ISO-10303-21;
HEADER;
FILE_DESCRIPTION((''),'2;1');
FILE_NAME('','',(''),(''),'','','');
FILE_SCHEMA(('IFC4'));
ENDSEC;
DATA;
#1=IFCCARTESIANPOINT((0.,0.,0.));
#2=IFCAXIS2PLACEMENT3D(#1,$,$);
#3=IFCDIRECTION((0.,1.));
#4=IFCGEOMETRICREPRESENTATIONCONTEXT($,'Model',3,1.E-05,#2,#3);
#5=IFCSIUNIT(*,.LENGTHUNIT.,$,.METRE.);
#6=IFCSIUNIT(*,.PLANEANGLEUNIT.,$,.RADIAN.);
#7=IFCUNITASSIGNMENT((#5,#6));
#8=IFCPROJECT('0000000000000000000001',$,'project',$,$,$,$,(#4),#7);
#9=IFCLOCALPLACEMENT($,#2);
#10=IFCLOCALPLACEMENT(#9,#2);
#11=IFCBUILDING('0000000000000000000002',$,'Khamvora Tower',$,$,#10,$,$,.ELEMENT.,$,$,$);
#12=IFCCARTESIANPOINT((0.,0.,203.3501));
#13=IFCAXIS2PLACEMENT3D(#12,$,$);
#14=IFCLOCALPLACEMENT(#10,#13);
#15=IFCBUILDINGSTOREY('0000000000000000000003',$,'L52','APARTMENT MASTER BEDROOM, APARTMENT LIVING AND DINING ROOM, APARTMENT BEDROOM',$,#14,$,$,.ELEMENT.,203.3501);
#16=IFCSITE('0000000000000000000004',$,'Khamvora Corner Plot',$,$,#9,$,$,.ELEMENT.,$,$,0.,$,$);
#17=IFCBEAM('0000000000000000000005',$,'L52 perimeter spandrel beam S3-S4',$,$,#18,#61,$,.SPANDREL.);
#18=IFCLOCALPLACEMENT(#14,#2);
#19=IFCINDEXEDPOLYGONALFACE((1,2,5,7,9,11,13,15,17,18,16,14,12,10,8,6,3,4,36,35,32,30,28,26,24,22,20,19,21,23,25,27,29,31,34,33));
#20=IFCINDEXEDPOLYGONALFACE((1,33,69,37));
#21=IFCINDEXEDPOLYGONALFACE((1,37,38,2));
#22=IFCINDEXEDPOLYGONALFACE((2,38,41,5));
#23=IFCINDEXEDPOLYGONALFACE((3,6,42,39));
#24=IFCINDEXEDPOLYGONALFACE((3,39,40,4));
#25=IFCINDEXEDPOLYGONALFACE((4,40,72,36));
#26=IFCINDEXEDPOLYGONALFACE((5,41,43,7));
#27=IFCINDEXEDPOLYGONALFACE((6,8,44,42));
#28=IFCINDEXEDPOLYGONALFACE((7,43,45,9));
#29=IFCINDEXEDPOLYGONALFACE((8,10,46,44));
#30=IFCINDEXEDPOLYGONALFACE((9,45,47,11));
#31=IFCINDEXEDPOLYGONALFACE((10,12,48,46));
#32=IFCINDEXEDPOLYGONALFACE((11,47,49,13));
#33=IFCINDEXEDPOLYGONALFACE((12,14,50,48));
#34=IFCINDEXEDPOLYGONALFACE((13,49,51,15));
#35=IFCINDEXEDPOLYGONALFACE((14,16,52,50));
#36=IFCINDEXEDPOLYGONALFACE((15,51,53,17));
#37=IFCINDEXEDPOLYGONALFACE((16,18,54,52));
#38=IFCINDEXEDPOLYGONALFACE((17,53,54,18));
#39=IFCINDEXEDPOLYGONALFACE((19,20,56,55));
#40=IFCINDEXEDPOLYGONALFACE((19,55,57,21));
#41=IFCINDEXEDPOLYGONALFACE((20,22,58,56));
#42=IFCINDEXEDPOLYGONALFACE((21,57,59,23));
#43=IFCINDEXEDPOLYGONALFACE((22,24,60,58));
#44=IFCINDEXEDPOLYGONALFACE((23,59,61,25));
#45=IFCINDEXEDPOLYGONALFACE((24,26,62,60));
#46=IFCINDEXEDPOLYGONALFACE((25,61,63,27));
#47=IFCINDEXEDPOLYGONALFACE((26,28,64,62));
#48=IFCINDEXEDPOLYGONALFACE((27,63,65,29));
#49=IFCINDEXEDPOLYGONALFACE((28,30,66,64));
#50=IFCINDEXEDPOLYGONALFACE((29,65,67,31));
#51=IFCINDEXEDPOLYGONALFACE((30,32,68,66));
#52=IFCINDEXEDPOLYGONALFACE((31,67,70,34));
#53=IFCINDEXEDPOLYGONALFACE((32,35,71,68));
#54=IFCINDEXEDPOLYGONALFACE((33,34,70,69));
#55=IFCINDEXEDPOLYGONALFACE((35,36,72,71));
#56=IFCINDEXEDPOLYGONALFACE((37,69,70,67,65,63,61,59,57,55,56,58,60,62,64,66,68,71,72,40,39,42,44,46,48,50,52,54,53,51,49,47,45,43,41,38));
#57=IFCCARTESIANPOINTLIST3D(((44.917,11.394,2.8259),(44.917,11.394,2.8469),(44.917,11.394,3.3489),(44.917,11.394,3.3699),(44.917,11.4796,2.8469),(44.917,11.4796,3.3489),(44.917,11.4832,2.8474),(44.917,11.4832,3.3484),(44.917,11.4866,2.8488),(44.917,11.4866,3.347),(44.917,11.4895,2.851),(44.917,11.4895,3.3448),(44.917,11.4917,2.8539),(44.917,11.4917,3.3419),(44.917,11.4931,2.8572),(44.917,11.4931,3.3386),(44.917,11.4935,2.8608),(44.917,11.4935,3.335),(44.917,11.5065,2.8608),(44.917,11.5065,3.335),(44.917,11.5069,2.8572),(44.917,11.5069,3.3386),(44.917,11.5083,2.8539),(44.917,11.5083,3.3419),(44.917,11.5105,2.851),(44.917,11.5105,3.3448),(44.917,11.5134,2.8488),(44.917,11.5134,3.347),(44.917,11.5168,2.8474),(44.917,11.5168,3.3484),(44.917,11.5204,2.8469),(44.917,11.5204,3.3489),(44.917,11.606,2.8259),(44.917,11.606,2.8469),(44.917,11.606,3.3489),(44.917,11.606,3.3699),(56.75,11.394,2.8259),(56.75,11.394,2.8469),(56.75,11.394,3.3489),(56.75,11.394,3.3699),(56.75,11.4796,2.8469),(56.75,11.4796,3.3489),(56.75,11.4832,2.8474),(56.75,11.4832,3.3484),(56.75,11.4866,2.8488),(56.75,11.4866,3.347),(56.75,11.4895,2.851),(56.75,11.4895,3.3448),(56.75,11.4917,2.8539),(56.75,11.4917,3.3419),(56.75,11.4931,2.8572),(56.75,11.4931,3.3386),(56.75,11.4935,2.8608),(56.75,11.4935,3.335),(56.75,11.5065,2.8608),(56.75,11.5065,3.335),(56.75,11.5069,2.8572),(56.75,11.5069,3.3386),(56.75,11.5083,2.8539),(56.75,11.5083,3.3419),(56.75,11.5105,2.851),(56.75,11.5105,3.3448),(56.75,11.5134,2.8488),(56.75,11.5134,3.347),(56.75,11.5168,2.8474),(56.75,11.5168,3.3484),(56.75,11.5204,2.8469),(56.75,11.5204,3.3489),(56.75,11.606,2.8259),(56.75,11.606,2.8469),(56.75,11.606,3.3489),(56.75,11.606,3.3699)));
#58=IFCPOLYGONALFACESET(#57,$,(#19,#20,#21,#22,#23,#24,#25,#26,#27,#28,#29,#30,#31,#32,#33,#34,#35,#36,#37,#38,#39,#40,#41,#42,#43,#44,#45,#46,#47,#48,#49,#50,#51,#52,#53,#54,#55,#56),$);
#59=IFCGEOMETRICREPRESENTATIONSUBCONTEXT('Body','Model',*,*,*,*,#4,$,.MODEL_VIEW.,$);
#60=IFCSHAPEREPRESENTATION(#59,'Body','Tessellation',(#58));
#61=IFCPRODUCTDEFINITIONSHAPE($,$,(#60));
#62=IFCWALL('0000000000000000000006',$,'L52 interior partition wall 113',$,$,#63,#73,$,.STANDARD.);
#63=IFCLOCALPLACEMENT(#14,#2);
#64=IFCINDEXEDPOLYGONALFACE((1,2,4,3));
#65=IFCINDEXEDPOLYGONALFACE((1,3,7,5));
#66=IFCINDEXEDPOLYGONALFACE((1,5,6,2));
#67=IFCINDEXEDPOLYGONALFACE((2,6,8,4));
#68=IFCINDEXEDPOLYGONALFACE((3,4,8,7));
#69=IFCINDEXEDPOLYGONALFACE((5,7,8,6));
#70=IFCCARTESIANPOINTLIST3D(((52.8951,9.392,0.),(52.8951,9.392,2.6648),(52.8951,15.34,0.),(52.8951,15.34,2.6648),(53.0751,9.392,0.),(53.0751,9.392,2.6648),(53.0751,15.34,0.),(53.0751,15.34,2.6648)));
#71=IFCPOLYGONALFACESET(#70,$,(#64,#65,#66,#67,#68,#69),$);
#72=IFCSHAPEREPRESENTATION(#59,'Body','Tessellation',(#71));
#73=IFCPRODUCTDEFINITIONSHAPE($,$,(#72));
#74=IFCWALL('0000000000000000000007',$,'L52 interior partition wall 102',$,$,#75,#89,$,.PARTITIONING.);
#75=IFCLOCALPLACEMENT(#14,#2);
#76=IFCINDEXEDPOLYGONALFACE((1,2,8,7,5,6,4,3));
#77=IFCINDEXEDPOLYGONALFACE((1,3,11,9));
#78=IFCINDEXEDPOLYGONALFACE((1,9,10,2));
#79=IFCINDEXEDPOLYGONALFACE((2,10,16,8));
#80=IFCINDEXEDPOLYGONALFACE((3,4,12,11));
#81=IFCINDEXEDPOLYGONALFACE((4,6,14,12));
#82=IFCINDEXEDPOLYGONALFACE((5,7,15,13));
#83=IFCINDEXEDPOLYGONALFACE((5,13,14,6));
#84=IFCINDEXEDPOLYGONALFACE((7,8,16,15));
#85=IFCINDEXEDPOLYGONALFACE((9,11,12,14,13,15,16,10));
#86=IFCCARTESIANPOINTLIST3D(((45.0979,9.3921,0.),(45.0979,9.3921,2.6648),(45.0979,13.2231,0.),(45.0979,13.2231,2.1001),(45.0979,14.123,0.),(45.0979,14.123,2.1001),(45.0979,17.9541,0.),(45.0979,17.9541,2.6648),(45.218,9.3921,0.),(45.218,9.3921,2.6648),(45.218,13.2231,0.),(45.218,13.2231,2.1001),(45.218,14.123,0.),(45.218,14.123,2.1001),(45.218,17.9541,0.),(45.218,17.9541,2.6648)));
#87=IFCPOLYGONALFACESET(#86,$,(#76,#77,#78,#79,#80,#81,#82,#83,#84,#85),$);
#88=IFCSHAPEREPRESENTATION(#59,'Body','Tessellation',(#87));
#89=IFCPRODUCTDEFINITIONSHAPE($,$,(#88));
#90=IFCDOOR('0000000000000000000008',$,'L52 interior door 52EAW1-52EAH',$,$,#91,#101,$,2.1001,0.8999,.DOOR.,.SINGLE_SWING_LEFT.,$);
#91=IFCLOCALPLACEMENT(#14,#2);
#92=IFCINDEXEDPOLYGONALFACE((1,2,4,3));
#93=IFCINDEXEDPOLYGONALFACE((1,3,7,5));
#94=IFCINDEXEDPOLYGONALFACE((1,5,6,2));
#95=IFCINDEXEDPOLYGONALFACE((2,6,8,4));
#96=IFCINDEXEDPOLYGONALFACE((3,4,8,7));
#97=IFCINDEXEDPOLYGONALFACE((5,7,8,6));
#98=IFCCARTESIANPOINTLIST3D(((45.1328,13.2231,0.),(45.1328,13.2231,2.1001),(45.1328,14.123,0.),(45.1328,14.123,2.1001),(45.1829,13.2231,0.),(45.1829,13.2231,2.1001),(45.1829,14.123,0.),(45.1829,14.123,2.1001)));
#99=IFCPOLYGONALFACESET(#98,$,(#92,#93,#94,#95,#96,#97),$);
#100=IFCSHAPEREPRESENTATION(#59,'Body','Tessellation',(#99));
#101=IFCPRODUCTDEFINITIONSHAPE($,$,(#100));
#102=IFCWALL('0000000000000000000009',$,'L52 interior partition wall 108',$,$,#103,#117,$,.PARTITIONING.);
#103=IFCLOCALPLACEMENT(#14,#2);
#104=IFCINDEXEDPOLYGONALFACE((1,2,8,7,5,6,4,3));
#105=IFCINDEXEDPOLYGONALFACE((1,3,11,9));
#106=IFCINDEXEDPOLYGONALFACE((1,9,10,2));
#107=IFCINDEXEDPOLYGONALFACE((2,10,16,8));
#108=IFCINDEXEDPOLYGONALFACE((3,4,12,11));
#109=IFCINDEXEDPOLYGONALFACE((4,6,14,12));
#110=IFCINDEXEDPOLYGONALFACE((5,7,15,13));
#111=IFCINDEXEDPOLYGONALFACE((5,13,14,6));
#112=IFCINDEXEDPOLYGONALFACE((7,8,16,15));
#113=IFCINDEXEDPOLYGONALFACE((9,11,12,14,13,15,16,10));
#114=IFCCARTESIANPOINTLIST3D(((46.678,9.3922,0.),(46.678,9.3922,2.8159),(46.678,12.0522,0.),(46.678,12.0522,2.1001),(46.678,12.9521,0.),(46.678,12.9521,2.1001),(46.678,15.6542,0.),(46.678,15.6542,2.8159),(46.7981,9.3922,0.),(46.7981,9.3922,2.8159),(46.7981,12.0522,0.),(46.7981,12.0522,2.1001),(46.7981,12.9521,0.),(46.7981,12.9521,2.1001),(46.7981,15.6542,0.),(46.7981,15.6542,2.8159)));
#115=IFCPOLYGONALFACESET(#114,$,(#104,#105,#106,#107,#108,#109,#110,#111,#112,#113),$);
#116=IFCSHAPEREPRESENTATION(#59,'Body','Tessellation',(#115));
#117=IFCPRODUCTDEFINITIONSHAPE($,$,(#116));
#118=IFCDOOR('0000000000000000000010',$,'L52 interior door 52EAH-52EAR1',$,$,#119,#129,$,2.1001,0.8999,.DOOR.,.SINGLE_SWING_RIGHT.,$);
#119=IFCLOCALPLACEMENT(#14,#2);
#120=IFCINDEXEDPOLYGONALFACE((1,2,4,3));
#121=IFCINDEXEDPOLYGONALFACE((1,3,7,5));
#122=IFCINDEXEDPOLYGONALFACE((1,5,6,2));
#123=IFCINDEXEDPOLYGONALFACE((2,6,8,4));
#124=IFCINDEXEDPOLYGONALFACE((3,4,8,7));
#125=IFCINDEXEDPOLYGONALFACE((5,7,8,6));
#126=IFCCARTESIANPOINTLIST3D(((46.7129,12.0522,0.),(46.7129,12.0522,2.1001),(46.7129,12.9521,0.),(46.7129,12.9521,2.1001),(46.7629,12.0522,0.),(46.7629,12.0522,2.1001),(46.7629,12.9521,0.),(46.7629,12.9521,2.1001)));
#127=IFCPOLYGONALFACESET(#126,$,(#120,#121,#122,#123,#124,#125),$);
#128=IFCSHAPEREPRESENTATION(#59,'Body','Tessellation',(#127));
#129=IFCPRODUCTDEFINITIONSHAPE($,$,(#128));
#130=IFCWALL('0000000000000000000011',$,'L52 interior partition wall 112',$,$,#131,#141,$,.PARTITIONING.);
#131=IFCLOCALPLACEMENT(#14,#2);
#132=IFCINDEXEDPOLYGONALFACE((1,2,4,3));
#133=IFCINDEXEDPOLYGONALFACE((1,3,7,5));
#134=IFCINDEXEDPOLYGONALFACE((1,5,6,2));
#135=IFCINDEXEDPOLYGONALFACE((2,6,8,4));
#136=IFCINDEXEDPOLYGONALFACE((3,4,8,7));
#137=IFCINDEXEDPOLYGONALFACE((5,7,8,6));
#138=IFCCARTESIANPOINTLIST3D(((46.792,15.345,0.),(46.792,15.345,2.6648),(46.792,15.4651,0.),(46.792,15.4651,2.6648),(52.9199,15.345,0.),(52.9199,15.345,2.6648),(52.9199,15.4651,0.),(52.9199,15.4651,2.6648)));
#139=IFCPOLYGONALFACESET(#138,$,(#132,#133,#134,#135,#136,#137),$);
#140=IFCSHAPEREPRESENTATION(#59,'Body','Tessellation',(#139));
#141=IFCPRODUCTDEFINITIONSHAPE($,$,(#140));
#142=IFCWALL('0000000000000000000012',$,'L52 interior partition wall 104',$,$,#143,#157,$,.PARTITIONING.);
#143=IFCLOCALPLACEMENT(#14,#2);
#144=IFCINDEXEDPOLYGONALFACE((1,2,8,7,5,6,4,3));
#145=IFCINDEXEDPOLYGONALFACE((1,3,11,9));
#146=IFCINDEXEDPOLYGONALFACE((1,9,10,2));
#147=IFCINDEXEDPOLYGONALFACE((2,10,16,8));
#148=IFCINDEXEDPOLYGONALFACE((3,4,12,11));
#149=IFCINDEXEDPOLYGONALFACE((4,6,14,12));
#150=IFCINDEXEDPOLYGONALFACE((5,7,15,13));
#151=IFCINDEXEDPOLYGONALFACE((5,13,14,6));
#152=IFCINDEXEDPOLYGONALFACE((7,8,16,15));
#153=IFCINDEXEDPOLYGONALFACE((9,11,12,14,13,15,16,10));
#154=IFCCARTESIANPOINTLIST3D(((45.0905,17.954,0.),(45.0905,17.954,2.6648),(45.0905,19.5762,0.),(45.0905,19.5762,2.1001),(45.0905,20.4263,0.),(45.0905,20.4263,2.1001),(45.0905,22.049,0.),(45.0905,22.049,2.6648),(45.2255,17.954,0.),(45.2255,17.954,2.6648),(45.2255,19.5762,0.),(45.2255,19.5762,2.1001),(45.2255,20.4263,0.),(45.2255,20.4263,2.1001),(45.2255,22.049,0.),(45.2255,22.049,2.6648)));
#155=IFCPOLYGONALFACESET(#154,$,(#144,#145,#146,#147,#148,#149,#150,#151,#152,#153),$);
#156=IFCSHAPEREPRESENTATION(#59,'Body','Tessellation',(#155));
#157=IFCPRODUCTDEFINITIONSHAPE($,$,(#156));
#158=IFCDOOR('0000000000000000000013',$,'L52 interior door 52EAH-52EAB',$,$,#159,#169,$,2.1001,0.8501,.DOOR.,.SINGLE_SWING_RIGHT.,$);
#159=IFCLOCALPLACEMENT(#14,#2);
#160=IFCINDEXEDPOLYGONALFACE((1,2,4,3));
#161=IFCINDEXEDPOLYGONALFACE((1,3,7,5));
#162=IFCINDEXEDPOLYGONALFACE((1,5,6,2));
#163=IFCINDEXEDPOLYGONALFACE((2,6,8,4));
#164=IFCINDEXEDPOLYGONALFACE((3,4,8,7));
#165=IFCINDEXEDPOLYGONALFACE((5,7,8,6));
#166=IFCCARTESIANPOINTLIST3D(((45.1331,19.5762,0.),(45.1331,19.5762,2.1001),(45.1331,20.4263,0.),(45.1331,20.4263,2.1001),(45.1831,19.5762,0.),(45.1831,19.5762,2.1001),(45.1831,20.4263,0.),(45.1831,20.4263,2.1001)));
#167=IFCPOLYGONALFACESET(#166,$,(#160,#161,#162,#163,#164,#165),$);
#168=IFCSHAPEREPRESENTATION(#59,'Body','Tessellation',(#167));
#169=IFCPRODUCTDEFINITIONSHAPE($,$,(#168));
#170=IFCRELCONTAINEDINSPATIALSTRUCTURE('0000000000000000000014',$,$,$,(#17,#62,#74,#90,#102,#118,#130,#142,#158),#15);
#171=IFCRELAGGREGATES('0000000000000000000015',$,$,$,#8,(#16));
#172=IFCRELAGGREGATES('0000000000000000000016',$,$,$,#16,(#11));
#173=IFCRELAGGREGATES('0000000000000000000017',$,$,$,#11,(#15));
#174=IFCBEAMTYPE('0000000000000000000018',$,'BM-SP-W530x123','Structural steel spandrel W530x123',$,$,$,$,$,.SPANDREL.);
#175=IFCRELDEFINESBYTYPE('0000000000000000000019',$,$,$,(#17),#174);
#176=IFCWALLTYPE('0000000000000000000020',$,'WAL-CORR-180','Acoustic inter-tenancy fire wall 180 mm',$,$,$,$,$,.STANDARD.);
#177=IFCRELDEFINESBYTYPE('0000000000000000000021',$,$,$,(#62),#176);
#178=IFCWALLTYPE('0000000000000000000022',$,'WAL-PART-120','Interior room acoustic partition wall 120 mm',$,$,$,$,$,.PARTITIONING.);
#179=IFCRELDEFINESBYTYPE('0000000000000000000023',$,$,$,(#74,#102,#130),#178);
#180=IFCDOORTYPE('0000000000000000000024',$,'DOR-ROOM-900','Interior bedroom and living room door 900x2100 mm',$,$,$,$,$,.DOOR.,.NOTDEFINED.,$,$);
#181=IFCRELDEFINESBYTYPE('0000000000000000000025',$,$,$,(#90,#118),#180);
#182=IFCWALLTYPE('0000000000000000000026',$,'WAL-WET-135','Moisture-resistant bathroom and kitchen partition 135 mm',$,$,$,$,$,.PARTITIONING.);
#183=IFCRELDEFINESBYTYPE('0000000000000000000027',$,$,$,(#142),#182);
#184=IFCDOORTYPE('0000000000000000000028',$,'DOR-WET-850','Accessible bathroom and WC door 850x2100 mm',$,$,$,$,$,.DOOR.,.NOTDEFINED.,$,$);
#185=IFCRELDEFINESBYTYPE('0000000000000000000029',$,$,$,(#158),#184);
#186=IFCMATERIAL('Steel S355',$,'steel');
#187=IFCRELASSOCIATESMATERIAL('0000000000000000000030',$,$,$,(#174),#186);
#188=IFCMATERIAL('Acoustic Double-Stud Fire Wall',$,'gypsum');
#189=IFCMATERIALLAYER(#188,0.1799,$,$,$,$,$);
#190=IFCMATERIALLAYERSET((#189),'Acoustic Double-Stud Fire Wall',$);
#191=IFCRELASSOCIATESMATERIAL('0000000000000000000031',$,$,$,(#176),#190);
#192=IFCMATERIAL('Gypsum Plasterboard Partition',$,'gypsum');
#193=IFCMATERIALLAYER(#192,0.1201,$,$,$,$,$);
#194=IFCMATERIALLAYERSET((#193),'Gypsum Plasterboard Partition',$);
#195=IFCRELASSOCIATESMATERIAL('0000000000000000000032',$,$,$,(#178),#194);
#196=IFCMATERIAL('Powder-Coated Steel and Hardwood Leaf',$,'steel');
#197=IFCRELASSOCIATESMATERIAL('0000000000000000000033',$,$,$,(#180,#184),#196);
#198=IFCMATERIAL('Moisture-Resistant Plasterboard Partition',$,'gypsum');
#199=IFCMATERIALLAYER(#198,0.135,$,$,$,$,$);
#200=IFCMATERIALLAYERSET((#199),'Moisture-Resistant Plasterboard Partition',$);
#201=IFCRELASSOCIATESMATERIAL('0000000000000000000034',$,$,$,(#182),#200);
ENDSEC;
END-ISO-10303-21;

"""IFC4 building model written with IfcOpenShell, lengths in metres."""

from ifc_helpers import new_model, si_unit, direction, frame, frame_2d, origin, origin_2d, place, context, subcontext, project, spatial, rectangle, i_section, extrude, material, layer, layer_set, material_profile, profile_set, type_object, element, fill, save


model = new_model("IFC4")

# Units and contexts
model_context = context("Model", 3, precision=1e-05, world=origin(), true_north=direction((0.0, 1.0)))
body_context = subcontext(model_context, "Body", "Model", "MODEL_VIEW")
ifc_project = project(units=[si_unit("LENGTHUNIT", "METRE"), si_unit("PLANEANGLEUNIT", "RADIAN")], contexts=[model_context])

# Site, building, storey
site_placement = place(None, origin())
site = spatial("IfcSite", under=ifc_project, at=site_placement, Name="Khamvora Corner Plot", CompositionType="ELEMENT", RefElevation=0.0)
building_placement = place(site_placement, origin())
building = spatial("IfcBuilding", under=site, at=building_placement, Name="Khamvora Tower", CompositionType="ELEMENT")
storey_placement = place(building_placement, frame((0.0, 0.0, 203.3501)))
storey = spatial("IfcBuildingStorey", under=building, at=storey_placement, Name="L52", Description="APARTMENT MASTER BEDROOM, APARTMENT LIVING AND DINING ROOM, APARTMENT BEDROOM", CompositionType="ELEMENT", Elevation=203.3501)

# Shared definitions
ifc_material_1 = material(Name="Steel S355", Category="steel")

# Beam
ifc_material_profile_1 = material_profile(ifc_material_1, i_section(OverallWidth=0.2119, OverallDepth=0.5439, WebThickness=0.0129, FlangeThickness=0.021, FilletRadius=0.0139, at=origin_2d()), Name="W530x123")
ifc_profile_set_1 = profile_set([ifc_material_profile_1], Name="Steel S355")
beam_type_1 = type_object("IfcBeamType", Name="BM-SP-W530x123", Description="Structural steel spandrel W530x123", PredefinedType="SPANDREL", material=ifc_profile_set_1)
beam_1_placement = place(storey_placement, frame((44.917, 11.5, 3.0979), z_axis=(1.0, 0.0, 0.0), x_axis=(0.0, 1.0, 0.0)))
element("IfcBeam", 1, at=beam_1_placement, inside=storey, type_object=beam_type_1, Name="L52 perimeter spandrel beam S3-S4", PredefinedType="SPANDREL", context=body_context, shape_type="SweptSolid", body=[
    extrude(i_section(OverallWidth=0.2119, OverallDepth=0.5439, WebThickness=0.0129, FlangeThickness=0.021, FilletRadius=0.0139, at=origin_2d()), origin(), (0.0, 0.0, 1.0), 11.833),
])

# Wall
ifc_material_2 = material(Name="Acoustic Double-Stud Fire Wall", Category="gypsum")
ifc_layer_1 = layer(ifc_material_2, 0.1799)
ifc_layer_set_1 = layer_set([ifc_layer_1], Name="Acoustic Double-Stud Fire Wall")
wall_type_1 = type_object("IfcWallType", Name="WAL-CORR-180", Description="Acoustic inter-tenancy fire wall 180 mm", PredefinedType="STANDARD", material=ifc_layer_set_1)
wall_1_placement = place(storey_placement, frame((52.9851, 15.3401, 0.0), z_axis=(0.0, 0.0, 1.0), x_axis=(0.0, -1.0, 0.0)))
element("IfcWall", 2, at=wall_1_placement, inside=storey, type_object=wall_type_1, Name="L52 interior partition wall 113", PredefinedType="STANDARD", context=body_context, shape_type="SweptSolid", body=[
    extrude(rectangle(XDim=5.948, YDim=0.1799, at=frame_2d((2.9741, 0.0))), origin(), (0.0, 0.0, 1.0), 2.6648),
])

# Walls, openings, doors
ifc_material_3 = material(Name="Gypsum Plasterboard Partition", Category="gypsum")
ifc_layer_2 = layer(ifc_material_3, 0.1201)
ifc_layer_set_2 = layer_set([ifc_layer_2], Name="Gypsum Plasterboard Partition")
wall_type_2 = type_object("IfcWallType", Name="WAL-PART-120", Description="Interior room acoustic partition wall 120 mm", PredefinedType="PARTITIONING", material=ifc_layer_set_2)
wall_2_placement = place(storey_placement, frame((45.158, 17.9541, 0.0), z_axis=(0.0, 0.0, 1.0), x_axis=(0.0, -1.0, 0.0)))
wall_2 = element("IfcWall", 3, at=wall_2_placement, inside=storey, type_object=wall_type_2, Name="L52 interior partition wall 102", PredefinedType="PARTITIONING", context=body_context, shape_type="SweptSolid", body=[
    extrude(rectangle(XDim=8.562, YDim=0.1201, at=frame_2d((4.281, 0.0))), origin(), (0.0, 0.0, 1.0), 2.6648),
])
opening_1_placement = place(wall_2_placement, frame((3.8311, 0.0, 0.0)))
opening_1 = element("IfcOpeningElement", 4, at=opening_1_placement, cuts=wall_2, PredefinedType="OPENING", context=body_context, shape_type="SweptSolid", body=[
    extrude(rectangle(XDim=0.8999, YDim=2.1001, at=frame_2d((0.45, 1.05))), frame((0.0, 0.0701, 0.0), z_axis=(0.0, -1.0, 0.0), x_axis=(1.0, 0.0, 0.0)), (0.0, 0.0, 1.0), 0.1401),
])
ifc_material_4 = material(Name="Powder-Coated Steel and Hardwood Leaf", Category="steel")
door_type_1 = type_object("IfcDoorType", Name="DOR-ROOM-900", Description="Interior bedroom and living room door 900x2100 mm", OperationType="NOTDEFINED", PredefinedType="DOOR", material=ifc_material_4)
door_1_placement = place(opening_1_placement, origin())
door_1 = element("IfcDoor", 5, at=door_1_placement, inside=storey, type_object=door_type_1, Name="L52 interior door 52EAW1-52EAH", OperationType="SINGLE_SWING_LEFT", OverallHeight=2.1001, OverallWidth=0.8999, PredefinedType="DOOR", context=body_context, shape_type="SweptSolid", body=[
    extrude(rectangle(XDim=0.8999, YDim=2.1001, at=frame_2d((0.45, 1.05))), frame((0.0, 0.0249, 0.0), z_axis=(0.0, -1.0, 0.0), x_axis=(1.0, 0.0, 0.0)), (0.0, 0.0, 1.0), 0.05),
])
fill(opening_1, door_1)
wall_3_placement = place(storey_placement, frame((46.738, 15.6541, 0.0), z_axis=(0.0, 0.0, 1.0), x_axis=(0.0, -1.0, 0.0)))
wall_3 = element("IfcWall", 6, at=wall_3_placement, inside=storey, type_object=wall_type_2, Name="L52 interior partition wall 108", PredefinedType="PARTITIONING", context=body_context, shape_type="SweptSolid", body=[
    extrude(rectangle(XDim=6.262, YDim=0.1201, at=frame_2d((3.1309, 0.0))), origin(), (0.0, 0.0, 1.0), 2.8159),
])
opening_2_placement = place(wall_3_placement, frame((2.7019, 0.0, 0.0)))
opening_2 = element("IfcOpeningElement", 7, at=opening_2_placement, cuts=wall_3, PredefinedType="OPENING", context=body_context, shape_type="SweptSolid", body=[
    extrude(rectangle(XDim=0.8999, YDim=2.1001, at=frame_2d((0.45, 1.05))), frame((0.0, 0.0701, 0.0), z_axis=(0.0, -1.0, 0.0), x_axis=(1.0, 0.0, 0.0)), (0.0, 0.0, 1.0), 0.1401),
])
door_2_placement = place(opening_2_placement, origin())
door_2 = element("IfcDoor", 8, at=door_2_placement, inside=storey, type_object=door_type_1, Name="L52 interior door 52EAH-52EAR1", OperationType="SINGLE_SWING_RIGHT", OverallHeight=2.1001, OverallWidth=0.8999, PredefinedType="DOOR", context=body_context, shape_type="SweptSolid", body=[
    extrude(rectangle(XDim=0.8999, YDim=2.1001, at=frame_2d((0.45, 1.05))), frame((0.0, 0.0249, 0.0), z_axis=(0.0, -1.0, 0.0), x_axis=(1.0, 0.0, 0.0)), (0.0, 0.0, 1.0), 0.05),
])
fill(opening_2, door_2)

# Wall
wall_4_placement = place(storey_placement, frame((46.792, 15.405, 0.0), z_axis=(0.0, 0.0, 1.0), x_axis=(1.0, 0.0, 0.0)))
element("IfcWall", 9, at=wall_4_placement, inside=storey, type_object=wall_type_2, Name="L52 interior partition wall 112", PredefinedType="PARTITIONING", context=body_context, shape_type="SweptSolid", body=[
    extrude(rectangle(XDim=6.1279, YDim=0.1201, at=frame_2d((3.064, 0.0))), origin(), (0.0, 0.0, 1.0), 2.6648),
])

# Wall, opening, door
ifc_material_5 = material(Name="Moisture-Resistant Plasterboard Partition", Category="gypsum")
ifc_layer_3 = layer(ifc_material_5, 0.135)
ifc_layer_set_3 = layer_set([ifc_layer_3], Name="Moisture-Resistant Plasterboard Partition")
wall_type_3 = type_object("IfcWallType", Name="WAL-WET-135", Description="Moisture-resistant bathroom and kitchen partition 135 mm", PredefinedType="PARTITIONING", material=ifc_layer_set_3)
wall_5_placement = place(storey_placement, frame((45.158, 17.9541, 0.0), z_axis=(0.0, 0.0, 1.0), x_axis=(0.0, 1.0, 0.0)))
wall_5 = element("IfcWall", 10, at=wall_5_placement, inside=storey, type_object=wall_type_3, Name="L52 interior partition wall 104", PredefinedType="PARTITIONING", context=body_context, shape_type="SweptSolid", body=[
    extrude(rectangle(XDim=4.095, YDim=0.135, at=frame_2d((2.0474, 0.0))), origin(), (0.0, 0.0, 1.0), 2.6648),
])
opening_3_placement = place(wall_5_placement, frame((1.6221, 0.0, 0.0)))
opening_3 = element("IfcOpeningElement", 11, at=opening_3_placement, cuts=wall_5, PredefinedType="OPENING", context=body_context, shape_type="SweptSolid", body=[
    extrude(rectangle(XDim=0.8501, YDim=2.1001, at=frame_2d((0.425, 1.05))), frame((0.0, 0.0774, 0.0), z_axis=(0.0, -1.0, 0.0), x_axis=(1.0, 0.0, 0.0)), (0.0, 0.0, 1.0), 0.155),
])
door_type_2 = type_object("IfcDoorType", Name="DOR-WET-850", Description="Accessible bathroom and WC door 850x2100 mm", OperationType="NOTDEFINED", PredefinedType="DOOR", material=ifc_material_4)
door_3_placement = place(opening_3_placement, origin())
door_3 = element("IfcDoor", 12, at=door_3_placement, inside=storey, type_object=door_type_2, Name="L52 interior door 52EAH-52EAB", OperationType="SINGLE_SWING_RIGHT", OverallHeight=2.1001, OverallWidth=0.8501, PredefinedType="DOOR", context=body_context, shape_type="SweptSolid", body=[
    extrude(rectangle(XDim=0.8501, YDim=2.1001, at=frame_2d((0.425, 1.05))), frame((0.0, 0.0249, 0.0), z_axis=(0.0, -1.0, 0.0), x_axis=(1.0, 0.0, 0.0)), (0.0, 0.0, 1.0), 0.05),
])
fill(opening_3, door_3)

save(model, "model.ifc")
